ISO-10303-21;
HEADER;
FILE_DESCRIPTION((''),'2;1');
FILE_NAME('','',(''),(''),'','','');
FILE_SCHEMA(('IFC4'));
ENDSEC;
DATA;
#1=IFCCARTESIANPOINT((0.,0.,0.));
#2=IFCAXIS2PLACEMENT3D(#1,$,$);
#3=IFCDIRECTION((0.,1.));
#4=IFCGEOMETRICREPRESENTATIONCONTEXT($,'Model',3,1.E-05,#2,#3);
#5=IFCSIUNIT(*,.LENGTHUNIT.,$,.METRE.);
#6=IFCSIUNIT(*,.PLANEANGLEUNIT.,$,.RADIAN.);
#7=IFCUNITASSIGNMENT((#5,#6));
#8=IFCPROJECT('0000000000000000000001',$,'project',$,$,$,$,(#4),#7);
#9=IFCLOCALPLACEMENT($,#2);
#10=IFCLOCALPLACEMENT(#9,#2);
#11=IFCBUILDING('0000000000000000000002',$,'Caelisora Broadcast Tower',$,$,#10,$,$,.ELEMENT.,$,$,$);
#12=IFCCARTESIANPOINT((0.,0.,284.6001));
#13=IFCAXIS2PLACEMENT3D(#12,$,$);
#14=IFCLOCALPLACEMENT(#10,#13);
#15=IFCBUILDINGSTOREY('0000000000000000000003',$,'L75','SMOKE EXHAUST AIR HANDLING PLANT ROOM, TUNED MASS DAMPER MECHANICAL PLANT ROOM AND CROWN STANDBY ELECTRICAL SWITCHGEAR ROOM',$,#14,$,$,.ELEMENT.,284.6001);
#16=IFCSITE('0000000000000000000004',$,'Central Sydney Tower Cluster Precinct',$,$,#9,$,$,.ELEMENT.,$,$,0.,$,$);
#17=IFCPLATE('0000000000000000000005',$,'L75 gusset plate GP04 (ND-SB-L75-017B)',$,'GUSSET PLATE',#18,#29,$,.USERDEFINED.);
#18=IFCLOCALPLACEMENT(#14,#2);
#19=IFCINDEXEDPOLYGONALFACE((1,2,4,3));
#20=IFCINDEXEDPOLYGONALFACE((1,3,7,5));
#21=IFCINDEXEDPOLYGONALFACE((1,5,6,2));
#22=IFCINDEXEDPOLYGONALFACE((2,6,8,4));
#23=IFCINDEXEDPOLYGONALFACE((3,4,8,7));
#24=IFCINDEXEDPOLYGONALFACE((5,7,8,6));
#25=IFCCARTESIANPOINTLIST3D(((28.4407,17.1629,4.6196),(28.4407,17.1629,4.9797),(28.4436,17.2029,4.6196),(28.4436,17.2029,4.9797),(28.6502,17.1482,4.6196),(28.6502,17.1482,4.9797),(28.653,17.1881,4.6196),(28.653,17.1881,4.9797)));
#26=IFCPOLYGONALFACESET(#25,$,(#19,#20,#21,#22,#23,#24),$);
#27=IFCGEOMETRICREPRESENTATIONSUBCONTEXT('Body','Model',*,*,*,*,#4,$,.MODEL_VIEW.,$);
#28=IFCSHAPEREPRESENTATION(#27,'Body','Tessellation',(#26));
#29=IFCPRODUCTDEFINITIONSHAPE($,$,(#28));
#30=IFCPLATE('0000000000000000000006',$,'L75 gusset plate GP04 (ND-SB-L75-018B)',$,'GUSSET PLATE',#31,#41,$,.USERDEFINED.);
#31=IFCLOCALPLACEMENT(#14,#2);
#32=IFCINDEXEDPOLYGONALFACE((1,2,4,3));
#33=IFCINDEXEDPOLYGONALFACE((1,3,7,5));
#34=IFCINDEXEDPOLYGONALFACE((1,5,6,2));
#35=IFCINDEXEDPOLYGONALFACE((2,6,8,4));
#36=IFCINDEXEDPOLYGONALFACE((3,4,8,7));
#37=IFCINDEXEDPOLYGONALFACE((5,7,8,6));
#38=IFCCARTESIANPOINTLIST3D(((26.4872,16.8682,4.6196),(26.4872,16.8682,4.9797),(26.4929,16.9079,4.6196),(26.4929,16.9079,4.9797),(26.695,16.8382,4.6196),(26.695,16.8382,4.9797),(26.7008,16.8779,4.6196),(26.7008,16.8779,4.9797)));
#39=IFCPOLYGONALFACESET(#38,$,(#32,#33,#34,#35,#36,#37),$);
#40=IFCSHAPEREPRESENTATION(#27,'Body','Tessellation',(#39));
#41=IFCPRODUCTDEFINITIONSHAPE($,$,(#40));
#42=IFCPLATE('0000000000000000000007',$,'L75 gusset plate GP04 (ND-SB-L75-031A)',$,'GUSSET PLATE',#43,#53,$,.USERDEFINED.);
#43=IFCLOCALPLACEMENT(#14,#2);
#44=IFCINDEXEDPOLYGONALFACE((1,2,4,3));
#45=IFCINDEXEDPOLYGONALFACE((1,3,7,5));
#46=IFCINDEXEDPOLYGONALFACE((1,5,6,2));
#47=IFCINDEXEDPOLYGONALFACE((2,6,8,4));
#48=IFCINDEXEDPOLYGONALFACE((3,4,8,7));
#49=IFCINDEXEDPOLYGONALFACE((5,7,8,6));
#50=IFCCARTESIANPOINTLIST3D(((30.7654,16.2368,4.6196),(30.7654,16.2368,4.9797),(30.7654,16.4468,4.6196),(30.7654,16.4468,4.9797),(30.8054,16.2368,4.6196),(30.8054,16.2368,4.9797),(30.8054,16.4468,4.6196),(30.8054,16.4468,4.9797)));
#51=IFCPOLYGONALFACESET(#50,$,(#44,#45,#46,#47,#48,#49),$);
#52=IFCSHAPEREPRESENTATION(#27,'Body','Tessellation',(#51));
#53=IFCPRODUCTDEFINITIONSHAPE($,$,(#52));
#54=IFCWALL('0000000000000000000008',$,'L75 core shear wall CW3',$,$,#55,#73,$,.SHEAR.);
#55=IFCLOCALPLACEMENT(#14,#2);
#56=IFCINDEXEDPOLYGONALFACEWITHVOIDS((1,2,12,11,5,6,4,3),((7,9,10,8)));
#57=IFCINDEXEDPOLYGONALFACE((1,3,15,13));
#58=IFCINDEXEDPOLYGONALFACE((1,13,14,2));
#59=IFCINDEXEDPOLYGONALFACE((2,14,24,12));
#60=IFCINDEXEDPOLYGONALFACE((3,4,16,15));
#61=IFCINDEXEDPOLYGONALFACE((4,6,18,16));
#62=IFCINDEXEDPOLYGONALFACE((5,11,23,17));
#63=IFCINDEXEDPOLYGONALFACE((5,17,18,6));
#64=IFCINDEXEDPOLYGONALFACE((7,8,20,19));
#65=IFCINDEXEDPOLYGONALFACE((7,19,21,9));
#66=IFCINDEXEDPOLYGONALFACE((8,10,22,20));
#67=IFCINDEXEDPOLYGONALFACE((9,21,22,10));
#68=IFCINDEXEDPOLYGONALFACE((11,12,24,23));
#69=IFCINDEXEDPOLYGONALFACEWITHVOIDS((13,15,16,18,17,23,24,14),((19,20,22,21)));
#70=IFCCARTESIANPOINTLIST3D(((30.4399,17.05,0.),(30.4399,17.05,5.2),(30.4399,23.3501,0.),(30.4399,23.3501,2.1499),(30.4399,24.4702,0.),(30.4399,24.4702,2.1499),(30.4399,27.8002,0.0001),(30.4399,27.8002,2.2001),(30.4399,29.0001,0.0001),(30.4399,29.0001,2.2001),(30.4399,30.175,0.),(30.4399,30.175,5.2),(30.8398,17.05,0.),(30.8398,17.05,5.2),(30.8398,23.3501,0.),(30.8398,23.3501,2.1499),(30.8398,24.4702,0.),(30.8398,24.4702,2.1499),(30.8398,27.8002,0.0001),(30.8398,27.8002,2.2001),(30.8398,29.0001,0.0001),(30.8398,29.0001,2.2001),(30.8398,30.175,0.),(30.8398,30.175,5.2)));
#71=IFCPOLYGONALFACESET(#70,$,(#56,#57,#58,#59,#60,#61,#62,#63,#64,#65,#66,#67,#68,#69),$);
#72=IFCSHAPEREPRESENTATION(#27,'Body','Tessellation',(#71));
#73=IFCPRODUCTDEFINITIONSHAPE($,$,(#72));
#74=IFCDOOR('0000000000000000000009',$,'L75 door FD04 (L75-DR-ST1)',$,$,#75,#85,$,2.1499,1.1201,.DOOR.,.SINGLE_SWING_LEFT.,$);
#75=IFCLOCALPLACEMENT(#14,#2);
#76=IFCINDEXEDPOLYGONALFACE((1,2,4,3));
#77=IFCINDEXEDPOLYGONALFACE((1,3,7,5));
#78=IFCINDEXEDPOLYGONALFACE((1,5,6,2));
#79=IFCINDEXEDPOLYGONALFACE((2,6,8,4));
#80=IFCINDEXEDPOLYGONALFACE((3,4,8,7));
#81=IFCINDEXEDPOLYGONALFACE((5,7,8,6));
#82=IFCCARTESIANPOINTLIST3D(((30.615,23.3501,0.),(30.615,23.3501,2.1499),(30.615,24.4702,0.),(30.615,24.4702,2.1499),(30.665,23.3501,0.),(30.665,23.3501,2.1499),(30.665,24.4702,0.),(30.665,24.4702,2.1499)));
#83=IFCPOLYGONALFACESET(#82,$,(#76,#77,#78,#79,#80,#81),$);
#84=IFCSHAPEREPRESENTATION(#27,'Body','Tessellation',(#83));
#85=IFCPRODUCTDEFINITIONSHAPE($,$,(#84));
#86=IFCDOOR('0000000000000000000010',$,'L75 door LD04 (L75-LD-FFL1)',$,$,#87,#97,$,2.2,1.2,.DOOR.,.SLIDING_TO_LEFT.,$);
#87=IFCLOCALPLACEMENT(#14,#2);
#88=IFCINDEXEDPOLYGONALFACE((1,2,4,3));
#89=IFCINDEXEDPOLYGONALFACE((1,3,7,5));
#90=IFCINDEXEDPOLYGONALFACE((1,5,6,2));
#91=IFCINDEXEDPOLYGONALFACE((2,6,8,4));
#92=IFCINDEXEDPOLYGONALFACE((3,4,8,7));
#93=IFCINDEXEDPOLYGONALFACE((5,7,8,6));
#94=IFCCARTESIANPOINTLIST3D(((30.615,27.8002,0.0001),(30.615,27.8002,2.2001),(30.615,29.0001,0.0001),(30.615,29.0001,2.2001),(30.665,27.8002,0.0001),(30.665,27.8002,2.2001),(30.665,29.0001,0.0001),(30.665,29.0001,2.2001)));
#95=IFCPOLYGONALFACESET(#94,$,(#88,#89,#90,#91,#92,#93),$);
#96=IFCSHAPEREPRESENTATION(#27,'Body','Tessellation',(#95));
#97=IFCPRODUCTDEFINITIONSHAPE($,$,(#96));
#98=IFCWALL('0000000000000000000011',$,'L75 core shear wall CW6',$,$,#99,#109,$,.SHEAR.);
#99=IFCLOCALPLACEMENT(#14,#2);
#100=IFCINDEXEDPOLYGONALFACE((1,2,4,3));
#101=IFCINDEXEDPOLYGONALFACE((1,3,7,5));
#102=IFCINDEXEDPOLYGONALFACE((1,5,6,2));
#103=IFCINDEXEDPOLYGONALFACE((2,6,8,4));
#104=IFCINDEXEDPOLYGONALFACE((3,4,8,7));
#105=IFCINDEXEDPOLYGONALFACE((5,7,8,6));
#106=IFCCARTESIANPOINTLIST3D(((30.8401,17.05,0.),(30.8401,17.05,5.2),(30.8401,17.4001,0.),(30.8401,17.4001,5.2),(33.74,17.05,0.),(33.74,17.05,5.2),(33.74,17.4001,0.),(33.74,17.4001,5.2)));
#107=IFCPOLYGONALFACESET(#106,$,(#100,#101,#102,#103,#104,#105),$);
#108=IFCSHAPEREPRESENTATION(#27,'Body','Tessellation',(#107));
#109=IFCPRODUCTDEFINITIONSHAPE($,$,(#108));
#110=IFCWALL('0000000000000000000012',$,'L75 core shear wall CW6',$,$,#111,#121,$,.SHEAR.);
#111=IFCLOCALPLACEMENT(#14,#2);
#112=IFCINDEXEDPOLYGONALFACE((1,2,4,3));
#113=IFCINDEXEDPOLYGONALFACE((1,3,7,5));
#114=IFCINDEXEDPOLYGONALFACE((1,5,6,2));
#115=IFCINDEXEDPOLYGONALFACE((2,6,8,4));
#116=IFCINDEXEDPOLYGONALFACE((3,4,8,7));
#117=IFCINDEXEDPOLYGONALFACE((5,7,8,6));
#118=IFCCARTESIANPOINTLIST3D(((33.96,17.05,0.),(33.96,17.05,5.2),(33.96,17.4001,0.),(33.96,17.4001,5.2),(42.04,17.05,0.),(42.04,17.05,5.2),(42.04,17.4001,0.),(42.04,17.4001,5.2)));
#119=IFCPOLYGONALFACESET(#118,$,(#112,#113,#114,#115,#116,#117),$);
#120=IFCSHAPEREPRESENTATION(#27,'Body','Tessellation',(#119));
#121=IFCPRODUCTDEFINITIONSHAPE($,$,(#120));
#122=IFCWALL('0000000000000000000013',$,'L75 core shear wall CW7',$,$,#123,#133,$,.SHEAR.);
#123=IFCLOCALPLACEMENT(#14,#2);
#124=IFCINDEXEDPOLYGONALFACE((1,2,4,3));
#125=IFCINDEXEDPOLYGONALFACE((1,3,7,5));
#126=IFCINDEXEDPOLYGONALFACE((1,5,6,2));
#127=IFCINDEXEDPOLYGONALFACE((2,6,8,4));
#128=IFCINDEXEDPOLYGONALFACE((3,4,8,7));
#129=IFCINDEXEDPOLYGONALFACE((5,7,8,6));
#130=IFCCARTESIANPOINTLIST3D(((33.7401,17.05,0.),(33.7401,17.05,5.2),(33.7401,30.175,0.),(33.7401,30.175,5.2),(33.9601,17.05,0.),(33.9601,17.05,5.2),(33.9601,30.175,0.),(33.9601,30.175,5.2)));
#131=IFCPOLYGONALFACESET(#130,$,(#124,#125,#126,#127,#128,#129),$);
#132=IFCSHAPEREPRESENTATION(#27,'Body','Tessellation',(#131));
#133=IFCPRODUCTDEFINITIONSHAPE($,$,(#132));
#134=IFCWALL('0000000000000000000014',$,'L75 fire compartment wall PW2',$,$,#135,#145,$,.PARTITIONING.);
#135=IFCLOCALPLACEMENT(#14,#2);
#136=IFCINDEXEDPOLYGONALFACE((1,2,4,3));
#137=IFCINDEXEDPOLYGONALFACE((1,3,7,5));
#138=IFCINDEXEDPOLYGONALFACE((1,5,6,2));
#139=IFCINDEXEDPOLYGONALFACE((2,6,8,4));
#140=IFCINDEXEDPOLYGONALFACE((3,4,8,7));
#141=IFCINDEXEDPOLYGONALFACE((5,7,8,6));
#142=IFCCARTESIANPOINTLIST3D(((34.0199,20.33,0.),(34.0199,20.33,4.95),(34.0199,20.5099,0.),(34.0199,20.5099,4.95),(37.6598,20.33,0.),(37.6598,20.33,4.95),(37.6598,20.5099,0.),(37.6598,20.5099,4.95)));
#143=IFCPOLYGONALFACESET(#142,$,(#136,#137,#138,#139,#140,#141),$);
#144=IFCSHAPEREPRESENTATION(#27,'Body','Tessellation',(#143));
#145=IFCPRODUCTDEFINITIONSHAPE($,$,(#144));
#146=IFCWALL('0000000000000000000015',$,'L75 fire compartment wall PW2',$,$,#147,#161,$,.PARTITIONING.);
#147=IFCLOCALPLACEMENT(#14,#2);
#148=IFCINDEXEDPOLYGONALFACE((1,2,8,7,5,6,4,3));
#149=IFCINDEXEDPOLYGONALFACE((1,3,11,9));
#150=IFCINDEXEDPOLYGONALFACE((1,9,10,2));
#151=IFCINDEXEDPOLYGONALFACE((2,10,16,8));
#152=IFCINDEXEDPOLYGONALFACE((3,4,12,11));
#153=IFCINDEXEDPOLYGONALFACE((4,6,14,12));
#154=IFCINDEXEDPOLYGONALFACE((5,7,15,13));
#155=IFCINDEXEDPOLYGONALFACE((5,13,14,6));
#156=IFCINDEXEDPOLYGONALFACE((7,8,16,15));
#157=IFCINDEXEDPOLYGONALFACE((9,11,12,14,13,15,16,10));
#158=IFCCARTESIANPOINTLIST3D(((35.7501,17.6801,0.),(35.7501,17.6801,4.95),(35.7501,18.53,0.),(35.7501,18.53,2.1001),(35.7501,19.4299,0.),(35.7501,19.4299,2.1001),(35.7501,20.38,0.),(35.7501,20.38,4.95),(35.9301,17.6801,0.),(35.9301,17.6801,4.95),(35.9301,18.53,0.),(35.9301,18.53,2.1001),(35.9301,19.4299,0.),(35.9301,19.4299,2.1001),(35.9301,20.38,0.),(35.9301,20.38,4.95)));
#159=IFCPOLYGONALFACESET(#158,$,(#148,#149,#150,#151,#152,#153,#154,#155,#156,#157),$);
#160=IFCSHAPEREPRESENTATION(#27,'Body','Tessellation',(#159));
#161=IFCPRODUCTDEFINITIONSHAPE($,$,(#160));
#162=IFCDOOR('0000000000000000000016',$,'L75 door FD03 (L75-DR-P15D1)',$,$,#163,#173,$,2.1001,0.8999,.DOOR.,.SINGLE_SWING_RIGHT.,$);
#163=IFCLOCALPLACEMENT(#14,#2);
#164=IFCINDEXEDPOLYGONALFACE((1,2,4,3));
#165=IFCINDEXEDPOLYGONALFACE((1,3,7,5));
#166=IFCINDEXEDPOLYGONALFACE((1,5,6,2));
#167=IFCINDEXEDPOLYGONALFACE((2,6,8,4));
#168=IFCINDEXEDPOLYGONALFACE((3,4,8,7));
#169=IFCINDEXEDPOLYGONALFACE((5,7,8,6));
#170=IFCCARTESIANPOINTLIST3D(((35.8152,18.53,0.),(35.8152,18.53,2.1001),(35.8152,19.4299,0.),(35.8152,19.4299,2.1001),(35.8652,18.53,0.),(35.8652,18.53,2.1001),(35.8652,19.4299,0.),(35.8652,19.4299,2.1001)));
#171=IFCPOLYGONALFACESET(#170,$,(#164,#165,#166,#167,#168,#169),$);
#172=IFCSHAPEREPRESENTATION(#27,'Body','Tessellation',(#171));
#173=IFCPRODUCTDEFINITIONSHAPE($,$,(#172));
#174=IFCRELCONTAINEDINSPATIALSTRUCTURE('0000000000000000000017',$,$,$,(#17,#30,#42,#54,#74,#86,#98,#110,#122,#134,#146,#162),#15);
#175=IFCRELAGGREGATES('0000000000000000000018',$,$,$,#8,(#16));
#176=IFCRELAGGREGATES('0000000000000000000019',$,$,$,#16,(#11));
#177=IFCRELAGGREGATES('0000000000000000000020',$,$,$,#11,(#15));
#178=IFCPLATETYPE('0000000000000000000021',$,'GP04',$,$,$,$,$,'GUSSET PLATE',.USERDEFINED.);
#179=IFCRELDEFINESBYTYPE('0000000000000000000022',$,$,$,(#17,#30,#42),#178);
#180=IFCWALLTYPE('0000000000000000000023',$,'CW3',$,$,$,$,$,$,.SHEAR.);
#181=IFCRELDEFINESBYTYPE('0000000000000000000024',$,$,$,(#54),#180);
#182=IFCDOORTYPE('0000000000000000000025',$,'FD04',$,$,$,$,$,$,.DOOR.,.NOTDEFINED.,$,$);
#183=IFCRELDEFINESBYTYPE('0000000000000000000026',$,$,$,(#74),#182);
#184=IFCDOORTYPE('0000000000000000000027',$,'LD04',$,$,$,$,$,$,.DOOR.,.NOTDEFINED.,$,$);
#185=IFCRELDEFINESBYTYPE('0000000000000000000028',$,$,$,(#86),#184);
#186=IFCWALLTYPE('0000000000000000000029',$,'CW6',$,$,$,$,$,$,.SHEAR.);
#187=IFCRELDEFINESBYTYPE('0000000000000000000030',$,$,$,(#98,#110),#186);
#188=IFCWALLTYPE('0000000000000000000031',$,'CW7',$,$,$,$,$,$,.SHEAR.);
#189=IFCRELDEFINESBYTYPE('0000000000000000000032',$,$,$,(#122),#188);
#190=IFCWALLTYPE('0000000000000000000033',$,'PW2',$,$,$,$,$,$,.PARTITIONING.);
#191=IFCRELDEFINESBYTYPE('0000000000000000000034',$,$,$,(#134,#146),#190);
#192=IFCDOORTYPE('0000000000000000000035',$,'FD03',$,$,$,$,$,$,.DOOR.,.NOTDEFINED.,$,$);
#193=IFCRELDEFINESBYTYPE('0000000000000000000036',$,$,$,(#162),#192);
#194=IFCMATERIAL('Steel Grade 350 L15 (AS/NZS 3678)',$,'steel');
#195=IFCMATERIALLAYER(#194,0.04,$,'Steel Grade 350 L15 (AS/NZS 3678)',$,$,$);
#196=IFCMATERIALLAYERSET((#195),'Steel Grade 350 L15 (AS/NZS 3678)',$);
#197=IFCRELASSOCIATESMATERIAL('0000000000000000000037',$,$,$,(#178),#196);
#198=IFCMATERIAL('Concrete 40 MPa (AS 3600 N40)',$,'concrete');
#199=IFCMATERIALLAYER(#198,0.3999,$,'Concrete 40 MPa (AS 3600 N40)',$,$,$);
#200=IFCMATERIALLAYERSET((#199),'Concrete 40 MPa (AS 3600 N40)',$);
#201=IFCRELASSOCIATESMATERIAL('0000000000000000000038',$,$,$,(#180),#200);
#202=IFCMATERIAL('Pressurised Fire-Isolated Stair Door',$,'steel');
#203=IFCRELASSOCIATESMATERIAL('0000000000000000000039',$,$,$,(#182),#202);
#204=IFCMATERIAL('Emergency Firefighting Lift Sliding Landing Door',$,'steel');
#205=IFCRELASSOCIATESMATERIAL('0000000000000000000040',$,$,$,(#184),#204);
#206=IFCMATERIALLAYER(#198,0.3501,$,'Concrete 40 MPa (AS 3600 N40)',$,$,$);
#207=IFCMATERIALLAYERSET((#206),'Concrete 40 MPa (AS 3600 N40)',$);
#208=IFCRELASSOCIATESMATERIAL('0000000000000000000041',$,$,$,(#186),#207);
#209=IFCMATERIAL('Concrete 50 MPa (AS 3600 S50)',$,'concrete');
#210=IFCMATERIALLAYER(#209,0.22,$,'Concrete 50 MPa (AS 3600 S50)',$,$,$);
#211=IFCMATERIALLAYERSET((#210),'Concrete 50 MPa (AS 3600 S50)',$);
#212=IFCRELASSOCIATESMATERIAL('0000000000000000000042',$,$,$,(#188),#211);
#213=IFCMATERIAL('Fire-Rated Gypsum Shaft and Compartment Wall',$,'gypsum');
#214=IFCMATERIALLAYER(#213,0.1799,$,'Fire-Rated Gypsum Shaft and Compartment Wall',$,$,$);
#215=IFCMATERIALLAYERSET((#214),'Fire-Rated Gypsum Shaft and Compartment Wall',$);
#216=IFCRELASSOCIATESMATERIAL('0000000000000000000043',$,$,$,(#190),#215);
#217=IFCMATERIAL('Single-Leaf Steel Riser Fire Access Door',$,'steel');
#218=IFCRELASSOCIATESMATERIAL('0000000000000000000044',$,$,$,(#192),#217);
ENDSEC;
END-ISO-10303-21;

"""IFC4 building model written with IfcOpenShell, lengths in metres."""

from ifc_helpers import new_model, si_unit, direction, frame, frame_2d, origin, origin_2d, place, context, subcontext, project, spatial, rectangle, extrude, source, transform, mapped, material, layer, layer_set, type_object, element, fill, save


model = new_model("IFC4")

# Units and contexts
model_context = context("Model", 3, precision=1e-05, world=origin(), true_north=direction((0.0, 1.0)))
body_context = subcontext(model_context, "Body", "Model", "MODEL_VIEW")
ifc_project = project(units=[si_unit("LENGTHUNIT", "METRE"), si_unit("PLANEANGLEUNIT", "RADIAN")], contexts=[model_context])

# Site, building, storey
site_placement = place(None, origin())
site = spatial("IfcSite", under=ifc_project, at=site_placement, Name="Central Sydney Tower Cluster Precinct", CompositionType="ELEMENT", RefElevation=0.0)
building_placement = place(site_placement, origin())
building = spatial("IfcBuilding", under=site, at=building_placement, Name="Caelisora Broadcast Tower", CompositionType="ELEMENT")
storey_placement = place(building_placement, frame((0.0, 0.0, 284.6001)))
storey = spatial("IfcBuildingStorey", under=building, at=storey_placement, Name="L75", Description="SMOKE EXHAUST AIR HANDLING PLANT ROOM, TUNED MASS DAMPER MECHANICAL PLANT ROOM AND CROWN STANDBY ELECTRICAL SWITCHGEAR ROOM", CompositionType="ELEMENT", Elevation=284.6001)

# Plates
ifc_material_1 = material(Name="Steel Grade 350 L15 (AS/NZS 3678)", Category="steel")
ifc_layer_1 = layer(ifc_material_1, 0.04, Name="Steel Grade 350 L15 (AS/NZS 3678)")
ifc_layer_set_1 = layer_set([ifc_layer_1], Name="Steel Grade 350 L15 (AS/NZS 3678)")
plate_type = type_object("IfcPlateType", Name="GP04", ElementType="GUSSET PLATE", PredefinedType="USERDEFINED", material=ifc_layer_set_1)
shared_shape_1 = source(origin(), body_context, "Body", "SweptSolid", [
    extrude(rectangle(XDim=0.21, YDim=0.04, at=origin_2d()), origin(), (0.0, 0.0, 1.0), 0.3601),
])
for number, where, z_axis, x_axis, name in (
    (1, (28.5469, 17.1755, 4.6196), (0.0, 0.0, 1.0), (0.99754, -0.070105, 0.0), "L75 gusset plate GP04 (ND-SB-L75-017B)"),
    (2, (26.594, 16.873, 4.6196), (0.0, 0.0, 1.0), (0.989751, -0.142802, 0.0), "L75 gusset plate GP04 (ND-SB-L75-018B)"),
    (3, (30.7854, 16.3418, 4.6196), (0.0, 0.0, 1.0), (0.0, 1.0, 0.0), "L75 gusset plate GP04 (ND-SB-L75-031A)"),
):
    element("IfcPlate", number, at=place(storey_placement, frame(where, z_axis=z_axis, x_axis=x_axis)), inside=storey, type_object=plate_type, Name=name, ObjectType="GUSSET PLATE", PredefinedType="USERDEFINED", context=body_context, shape_type="MappedRepresentation", body=[
        mapped(shared_shape_1, transform((0.0, 0.0, 0.0), scale=1.0)),
    ])

# Wall, openings, doors
ifc_material_2 = material(Name="Concrete 40 MPa (AS 3600 N40)", Category="concrete")
ifc_layer_2 = layer(ifc_material_2, 0.3999, Name="Concrete 40 MPa (AS 3600 N40)")
ifc_layer_set_2 = layer_set([ifc_layer_2], Name="Concrete 40 MPa (AS 3600 N40)")
wall_type_1 = type_object("IfcWallType", Name="CW3", PredefinedType="SHEAR", material=ifc_layer_set_2)
wall_1_placement = place(storey_placement, frame((30.6399, 17.05, 0.0), z_axis=(0.0, 0.0, 1.0), x_axis=(0.0, 1.0, 0.0)))
wall_1 = element("IfcWall", 4, at=wall_1_placement, inside=storey, type_object=wall_type_1, Name="L75 core shear wall CW3", PredefinedType="SHEAR", context=body_context, shape_type="SweptSolid", body=[
    extrude(rectangle(XDim=13.125, YDim=0.3999, at=frame_2d((6.5625, 0.0))), origin(), (0.0, 0.0, 1.0), 5.2),
])
opening_1_placement = place(wall_1_placement, frame((6.3, 0.0, 0.0)))
opening_1 = element("IfcOpeningElement", 5, at=opening_1_placement, cuts=wall_1, PredefinedType="OPENING", context=body_context, shape_type="SweptSolid", body=[
    extrude(rectangle(XDim=1.1201, YDim=2.1499, at=frame_2d((0.5601, 1.075))), frame((0.0, 0.2119, 0.0), z_axis=(0.0, -1.0, 0.0), x_axis=(1.0, 0.0, 0.0)), (0.0, 0.0, 1.0), 0.4238),
])
opening_2_placement = place(wall_1_placement, frame((10.75, 0.0, 0.0)))
opening_2 = element("IfcOpeningElement", 6, at=opening_2_placement, cuts=wall_1, PredefinedType="OPENING", context=body_context, shape_type="SweptSolid", body=[
    extrude(rectangle(XDim=1.2, YDim=2.2, at=frame_2d((0.6001, 1.1001))), frame((0.0, 0.2119, 0.0), z_axis=(0.0, -1.0, 0.0), x_axis=(1.0, 0.0, 0.0)), (0.0, 0.0, 1.0), 0.4238),
])
ifc_material_3 = material(Name="Pressurised Fire-Isolated Stair Door", Category="steel")
door_type_1 = type_object("IfcDoorType", Name="FD04", OperationType="NOTDEFINED", PredefinedType="DOOR", material=ifc_material_3)
door_1_placement = place(opening_1_placement, origin())
door_1 = element("IfcDoor", 7, at=door_1_placement, inside=storey, type_object=door_type_1, Name="L75 door FD04 (L75-DR-ST1)", OperationType="SINGLE_SWING_LEFT", OverallHeight=2.1499, OverallWidth=1.1201, PredefinedType="DOOR", context=body_context, shape_type="SweptSolid", body=[
    extrude(rectangle(XDim=1.1201, YDim=2.1499, at=frame_2d((0.5601, 1.075))), frame((0.0, 0.0249, 0.0), z_axis=(0.0, -1.0, 0.0), x_axis=(1.0, 0.0, 0.0)), (0.0, 0.0, 1.0), 0.05),
])
fill(opening_1, door_1)
ifc_material_4 = material(Name="Emergency Firefighting Lift Sliding Landing Door", Category="steel")
door_type_2 = type_object("IfcDoorType", Name="LD04", OperationType="NOTDEFINED", PredefinedType="DOOR", material=ifc_material_4)
door_2_placement = place(opening_2_placement, origin())
door_2 = element("IfcDoor", 8, at=door_2_placement, inside=storey, type_object=door_type_2, Name="L75 door LD04 (L75-LD-FFL1)", OperationType="SLIDING_TO_LEFT", OverallHeight=2.2, OverallWidth=1.2, PredefinedType="DOOR", context=body_context, shape_type="SweptSolid", body=[
    extrude(rectangle(XDim=1.2, YDim=2.2, at=frame_2d((0.6001, 1.1001))), frame((0.0, 0.0249, 0.0), z_axis=(0.0, -1.0, 0.0), x_axis=(1.0, 0.0, 0.0)), (0.0, 0.0, 1.0), 0.05),
])
fill(opening_2, door_2)

# Walls
ifc_layer_3 = layer(ifc_material_2, 0.3501, Name="Concrete 40 MPa (AS 3600 N40)")
ifc_layer_set_3 = layer_set([ifc_layer_3], Name="Concrete 40 MPa (AS 3600 N40)")
wall_type_2 = type_object("IfcWallType", Name="CW6", PredefinedType="SHEAR", material=ifc_layer_set_3)
wall_2_placement = place(storey_placement, frame((30.8401, 17.2251, 0.0), z_axis=(0.0, 0.0, 1.0), x_axis=(1.0, 0.0, 0.0)))
element("IfcWall", 9, at=wall_2_placement, inside=storey, type_object=wall_type_2, Name="L75 core shear wall CW6", PredefinedType="SHEAR", context=body_context, shape_type="SweptSolid", body=[
    extrude(rectangle(XDim=2.8999, YDim=0.3501, at=frame_2d((1.45, 0.0))), origin(), (0.0, 0.0, 1.0), 5.2),
])
wall_3_placement = place(storey_placement, frame((33.96, 17.2251, 0.0), z_axis=(0.0, 0.0, 1.0), x_axis=(1.0, 0.0, 0.0)))
element("IfcWall", 10, at=wall_3_placement, inside=storey, type_object=wall_type_2, Name="L75 core shear wall CW6", PredefinedType="SHEAR", context=body_context, shape_type="SweptSolid", body=[
    extrude(rectangle(XDim=8.0801, YDim=0.3501, at=frame_2d((4.04, 0.0))), origin(), (0.0, 0.0, 1.0), 5.2),
])
ifc_material_5 = material(Name="Concrete 50 MPa (AS 3600 S50)", Category="concrete")
ifc_layer_4 = layer(ifc_material_5, 0.22, Name="Concrete 50 MPa (AS 3600 S50)")
ifc_layer_set_4 = layer_set([ifc_layer_4], Name="Concrete 50 MPa (AS 3600 S50)")
wall_type_3 = type_object("IfcWallType", Name="CW7", PredefinedType="SHEAR", material=ifc_layer_set_4)
wall_4_placement = place(storey_placement, frame((33.8501, 17.05, 0.0), z_axis=(0.0, 0.0, 1.0), x_axis=(0.0, 1.0, 0.0)))
element("IfcWall", 11, at=wall_4_placement, inside=storey, type_object=wall_type_3, Name="L75 core shear wall CW7", PredefinedType="SHEAR", context=body_context, shape_type="SweptSolid", body=[
    extrude(rectangle(XDim=13.125, YDim=0.22, at=frame_2d((6.5625, 0.0))), origin(), (0.0, 0.0, 1.0), 5.2),
])
ifc_material_6 = material(Name="Fire-Rated Gypsum Shaft and Compartment Wall", Category="gypsum")
ifc_layer_5 = layer(ifc_material_6, 0.1799, Name="Fire-Rated Gypsum Shaft and Compartment Wall")
ifc_layer_set_5 = layer_set([ifc_layer_5], Name="Fire-Rated Gypsum Shaft and Compartment Wall")
wall_type_4 = type_object("IfcWallType", Name="PW2", PredefinedType="PARTITIONING", material=ifc_layer_set_5)
wall_5_placement = place(storey_placement, frame((34.02, 20.4199, 0.0), z_axis=(0.0, 0.0, 1.0), x_axis=(1.0, 0.0, 0.0)))
element("IfcWall", 12, at=wall_5_placement, inside=storey, type_object=wall_type_4, Name="L75 fire compartment wall PW2", PredefinedType="PARTITIONING", context=body_context, shape_type="SweptSolid", body=[
    extrude(rectangle(XDim=3.6399, YDim=0.1799, at=frame_2d((1.8198, 0.0))), origin(), (0.0, 0.0, 1.0), 4.95),
])

# Wall, opening, door
wall_6_placement = place(storey_placement, frame((35.8401, 17.6799, 0.0), z_axis=(0.0, 0.0, 1.0), x_axis=(0.0, 1.0, 0.0)))
wall_6 = element("IfcWall", 13, at=wall_6_placement, inside=storey, type_object=wall_type_4, Name="L75 fire compartment wall PW2", PredefinedType="PARTITIONING", context=body_context, shape_type="SweptSolid", body=[
    extrude(rectangle(XDim=2.7, YDim=0.1799, at=frame_2d((1.3501, 0.0))), origin(), (0.0, 0.0, 1.0), 4.95),
])
opening_3_placement = place(wall_6_placement, frame((0.8501, 0.0, 0.0)))
opening_3 = element("IfcOpeningElement", 14, at=opening_3_placement, cuts=wall_6, PredefinedType="OPENING", context=body_context, shape_type="SweptSolid", body=[
    extrude(rectangle(XDim=0.8999, YDim=2.1001, at=frame_2d((0.45, 1.05))), frame((0.0, 0.1021, 0.0), z_axis=(0.0, -1.0, 0.0), x_axis=(1.0, 0.0, 0.0)), (0.0, 0.0, 1.0), 0.2039),
])
ifc_material_7 = material(Name="Single-Leaf Steel Riser Fire Access Door", Category="steel")
door_type_3 = type_object("IfcDoorType", Name="FD03", OperationType="NOTDEFINED", PredefinedType="DOOR", material=ifc_material_7)
door_3_placement = place(opening_3_placement, origin())
door_3 = element("IfcDoor", 15, at=door_3_placement, inside=storey, type_object=door_type_3, Name="L75 door FD03 (L75-DR-P15D1)", OperationType="SINGLE_SWING_RIGHT", OverallHeight=2.1001, OverallWidth=0.8999, PredefinedType="DOOR", context=body_context, shape_type="SweptSolid", body=[
    extrude(rectangle(XDim=0.8999, YDim=2.1001, at=frame_2d((0.45, 1.05))), frame((0.0, 0.0249, 0.0), z_axis=(0.0, -1.0, 0.0), x_axis=(1.0, 0.0, 0.0)), (0.0, 0.0, 1.0), 0.05),
])
fill(opening_3, door_3)

save(model, "model.ifc")
